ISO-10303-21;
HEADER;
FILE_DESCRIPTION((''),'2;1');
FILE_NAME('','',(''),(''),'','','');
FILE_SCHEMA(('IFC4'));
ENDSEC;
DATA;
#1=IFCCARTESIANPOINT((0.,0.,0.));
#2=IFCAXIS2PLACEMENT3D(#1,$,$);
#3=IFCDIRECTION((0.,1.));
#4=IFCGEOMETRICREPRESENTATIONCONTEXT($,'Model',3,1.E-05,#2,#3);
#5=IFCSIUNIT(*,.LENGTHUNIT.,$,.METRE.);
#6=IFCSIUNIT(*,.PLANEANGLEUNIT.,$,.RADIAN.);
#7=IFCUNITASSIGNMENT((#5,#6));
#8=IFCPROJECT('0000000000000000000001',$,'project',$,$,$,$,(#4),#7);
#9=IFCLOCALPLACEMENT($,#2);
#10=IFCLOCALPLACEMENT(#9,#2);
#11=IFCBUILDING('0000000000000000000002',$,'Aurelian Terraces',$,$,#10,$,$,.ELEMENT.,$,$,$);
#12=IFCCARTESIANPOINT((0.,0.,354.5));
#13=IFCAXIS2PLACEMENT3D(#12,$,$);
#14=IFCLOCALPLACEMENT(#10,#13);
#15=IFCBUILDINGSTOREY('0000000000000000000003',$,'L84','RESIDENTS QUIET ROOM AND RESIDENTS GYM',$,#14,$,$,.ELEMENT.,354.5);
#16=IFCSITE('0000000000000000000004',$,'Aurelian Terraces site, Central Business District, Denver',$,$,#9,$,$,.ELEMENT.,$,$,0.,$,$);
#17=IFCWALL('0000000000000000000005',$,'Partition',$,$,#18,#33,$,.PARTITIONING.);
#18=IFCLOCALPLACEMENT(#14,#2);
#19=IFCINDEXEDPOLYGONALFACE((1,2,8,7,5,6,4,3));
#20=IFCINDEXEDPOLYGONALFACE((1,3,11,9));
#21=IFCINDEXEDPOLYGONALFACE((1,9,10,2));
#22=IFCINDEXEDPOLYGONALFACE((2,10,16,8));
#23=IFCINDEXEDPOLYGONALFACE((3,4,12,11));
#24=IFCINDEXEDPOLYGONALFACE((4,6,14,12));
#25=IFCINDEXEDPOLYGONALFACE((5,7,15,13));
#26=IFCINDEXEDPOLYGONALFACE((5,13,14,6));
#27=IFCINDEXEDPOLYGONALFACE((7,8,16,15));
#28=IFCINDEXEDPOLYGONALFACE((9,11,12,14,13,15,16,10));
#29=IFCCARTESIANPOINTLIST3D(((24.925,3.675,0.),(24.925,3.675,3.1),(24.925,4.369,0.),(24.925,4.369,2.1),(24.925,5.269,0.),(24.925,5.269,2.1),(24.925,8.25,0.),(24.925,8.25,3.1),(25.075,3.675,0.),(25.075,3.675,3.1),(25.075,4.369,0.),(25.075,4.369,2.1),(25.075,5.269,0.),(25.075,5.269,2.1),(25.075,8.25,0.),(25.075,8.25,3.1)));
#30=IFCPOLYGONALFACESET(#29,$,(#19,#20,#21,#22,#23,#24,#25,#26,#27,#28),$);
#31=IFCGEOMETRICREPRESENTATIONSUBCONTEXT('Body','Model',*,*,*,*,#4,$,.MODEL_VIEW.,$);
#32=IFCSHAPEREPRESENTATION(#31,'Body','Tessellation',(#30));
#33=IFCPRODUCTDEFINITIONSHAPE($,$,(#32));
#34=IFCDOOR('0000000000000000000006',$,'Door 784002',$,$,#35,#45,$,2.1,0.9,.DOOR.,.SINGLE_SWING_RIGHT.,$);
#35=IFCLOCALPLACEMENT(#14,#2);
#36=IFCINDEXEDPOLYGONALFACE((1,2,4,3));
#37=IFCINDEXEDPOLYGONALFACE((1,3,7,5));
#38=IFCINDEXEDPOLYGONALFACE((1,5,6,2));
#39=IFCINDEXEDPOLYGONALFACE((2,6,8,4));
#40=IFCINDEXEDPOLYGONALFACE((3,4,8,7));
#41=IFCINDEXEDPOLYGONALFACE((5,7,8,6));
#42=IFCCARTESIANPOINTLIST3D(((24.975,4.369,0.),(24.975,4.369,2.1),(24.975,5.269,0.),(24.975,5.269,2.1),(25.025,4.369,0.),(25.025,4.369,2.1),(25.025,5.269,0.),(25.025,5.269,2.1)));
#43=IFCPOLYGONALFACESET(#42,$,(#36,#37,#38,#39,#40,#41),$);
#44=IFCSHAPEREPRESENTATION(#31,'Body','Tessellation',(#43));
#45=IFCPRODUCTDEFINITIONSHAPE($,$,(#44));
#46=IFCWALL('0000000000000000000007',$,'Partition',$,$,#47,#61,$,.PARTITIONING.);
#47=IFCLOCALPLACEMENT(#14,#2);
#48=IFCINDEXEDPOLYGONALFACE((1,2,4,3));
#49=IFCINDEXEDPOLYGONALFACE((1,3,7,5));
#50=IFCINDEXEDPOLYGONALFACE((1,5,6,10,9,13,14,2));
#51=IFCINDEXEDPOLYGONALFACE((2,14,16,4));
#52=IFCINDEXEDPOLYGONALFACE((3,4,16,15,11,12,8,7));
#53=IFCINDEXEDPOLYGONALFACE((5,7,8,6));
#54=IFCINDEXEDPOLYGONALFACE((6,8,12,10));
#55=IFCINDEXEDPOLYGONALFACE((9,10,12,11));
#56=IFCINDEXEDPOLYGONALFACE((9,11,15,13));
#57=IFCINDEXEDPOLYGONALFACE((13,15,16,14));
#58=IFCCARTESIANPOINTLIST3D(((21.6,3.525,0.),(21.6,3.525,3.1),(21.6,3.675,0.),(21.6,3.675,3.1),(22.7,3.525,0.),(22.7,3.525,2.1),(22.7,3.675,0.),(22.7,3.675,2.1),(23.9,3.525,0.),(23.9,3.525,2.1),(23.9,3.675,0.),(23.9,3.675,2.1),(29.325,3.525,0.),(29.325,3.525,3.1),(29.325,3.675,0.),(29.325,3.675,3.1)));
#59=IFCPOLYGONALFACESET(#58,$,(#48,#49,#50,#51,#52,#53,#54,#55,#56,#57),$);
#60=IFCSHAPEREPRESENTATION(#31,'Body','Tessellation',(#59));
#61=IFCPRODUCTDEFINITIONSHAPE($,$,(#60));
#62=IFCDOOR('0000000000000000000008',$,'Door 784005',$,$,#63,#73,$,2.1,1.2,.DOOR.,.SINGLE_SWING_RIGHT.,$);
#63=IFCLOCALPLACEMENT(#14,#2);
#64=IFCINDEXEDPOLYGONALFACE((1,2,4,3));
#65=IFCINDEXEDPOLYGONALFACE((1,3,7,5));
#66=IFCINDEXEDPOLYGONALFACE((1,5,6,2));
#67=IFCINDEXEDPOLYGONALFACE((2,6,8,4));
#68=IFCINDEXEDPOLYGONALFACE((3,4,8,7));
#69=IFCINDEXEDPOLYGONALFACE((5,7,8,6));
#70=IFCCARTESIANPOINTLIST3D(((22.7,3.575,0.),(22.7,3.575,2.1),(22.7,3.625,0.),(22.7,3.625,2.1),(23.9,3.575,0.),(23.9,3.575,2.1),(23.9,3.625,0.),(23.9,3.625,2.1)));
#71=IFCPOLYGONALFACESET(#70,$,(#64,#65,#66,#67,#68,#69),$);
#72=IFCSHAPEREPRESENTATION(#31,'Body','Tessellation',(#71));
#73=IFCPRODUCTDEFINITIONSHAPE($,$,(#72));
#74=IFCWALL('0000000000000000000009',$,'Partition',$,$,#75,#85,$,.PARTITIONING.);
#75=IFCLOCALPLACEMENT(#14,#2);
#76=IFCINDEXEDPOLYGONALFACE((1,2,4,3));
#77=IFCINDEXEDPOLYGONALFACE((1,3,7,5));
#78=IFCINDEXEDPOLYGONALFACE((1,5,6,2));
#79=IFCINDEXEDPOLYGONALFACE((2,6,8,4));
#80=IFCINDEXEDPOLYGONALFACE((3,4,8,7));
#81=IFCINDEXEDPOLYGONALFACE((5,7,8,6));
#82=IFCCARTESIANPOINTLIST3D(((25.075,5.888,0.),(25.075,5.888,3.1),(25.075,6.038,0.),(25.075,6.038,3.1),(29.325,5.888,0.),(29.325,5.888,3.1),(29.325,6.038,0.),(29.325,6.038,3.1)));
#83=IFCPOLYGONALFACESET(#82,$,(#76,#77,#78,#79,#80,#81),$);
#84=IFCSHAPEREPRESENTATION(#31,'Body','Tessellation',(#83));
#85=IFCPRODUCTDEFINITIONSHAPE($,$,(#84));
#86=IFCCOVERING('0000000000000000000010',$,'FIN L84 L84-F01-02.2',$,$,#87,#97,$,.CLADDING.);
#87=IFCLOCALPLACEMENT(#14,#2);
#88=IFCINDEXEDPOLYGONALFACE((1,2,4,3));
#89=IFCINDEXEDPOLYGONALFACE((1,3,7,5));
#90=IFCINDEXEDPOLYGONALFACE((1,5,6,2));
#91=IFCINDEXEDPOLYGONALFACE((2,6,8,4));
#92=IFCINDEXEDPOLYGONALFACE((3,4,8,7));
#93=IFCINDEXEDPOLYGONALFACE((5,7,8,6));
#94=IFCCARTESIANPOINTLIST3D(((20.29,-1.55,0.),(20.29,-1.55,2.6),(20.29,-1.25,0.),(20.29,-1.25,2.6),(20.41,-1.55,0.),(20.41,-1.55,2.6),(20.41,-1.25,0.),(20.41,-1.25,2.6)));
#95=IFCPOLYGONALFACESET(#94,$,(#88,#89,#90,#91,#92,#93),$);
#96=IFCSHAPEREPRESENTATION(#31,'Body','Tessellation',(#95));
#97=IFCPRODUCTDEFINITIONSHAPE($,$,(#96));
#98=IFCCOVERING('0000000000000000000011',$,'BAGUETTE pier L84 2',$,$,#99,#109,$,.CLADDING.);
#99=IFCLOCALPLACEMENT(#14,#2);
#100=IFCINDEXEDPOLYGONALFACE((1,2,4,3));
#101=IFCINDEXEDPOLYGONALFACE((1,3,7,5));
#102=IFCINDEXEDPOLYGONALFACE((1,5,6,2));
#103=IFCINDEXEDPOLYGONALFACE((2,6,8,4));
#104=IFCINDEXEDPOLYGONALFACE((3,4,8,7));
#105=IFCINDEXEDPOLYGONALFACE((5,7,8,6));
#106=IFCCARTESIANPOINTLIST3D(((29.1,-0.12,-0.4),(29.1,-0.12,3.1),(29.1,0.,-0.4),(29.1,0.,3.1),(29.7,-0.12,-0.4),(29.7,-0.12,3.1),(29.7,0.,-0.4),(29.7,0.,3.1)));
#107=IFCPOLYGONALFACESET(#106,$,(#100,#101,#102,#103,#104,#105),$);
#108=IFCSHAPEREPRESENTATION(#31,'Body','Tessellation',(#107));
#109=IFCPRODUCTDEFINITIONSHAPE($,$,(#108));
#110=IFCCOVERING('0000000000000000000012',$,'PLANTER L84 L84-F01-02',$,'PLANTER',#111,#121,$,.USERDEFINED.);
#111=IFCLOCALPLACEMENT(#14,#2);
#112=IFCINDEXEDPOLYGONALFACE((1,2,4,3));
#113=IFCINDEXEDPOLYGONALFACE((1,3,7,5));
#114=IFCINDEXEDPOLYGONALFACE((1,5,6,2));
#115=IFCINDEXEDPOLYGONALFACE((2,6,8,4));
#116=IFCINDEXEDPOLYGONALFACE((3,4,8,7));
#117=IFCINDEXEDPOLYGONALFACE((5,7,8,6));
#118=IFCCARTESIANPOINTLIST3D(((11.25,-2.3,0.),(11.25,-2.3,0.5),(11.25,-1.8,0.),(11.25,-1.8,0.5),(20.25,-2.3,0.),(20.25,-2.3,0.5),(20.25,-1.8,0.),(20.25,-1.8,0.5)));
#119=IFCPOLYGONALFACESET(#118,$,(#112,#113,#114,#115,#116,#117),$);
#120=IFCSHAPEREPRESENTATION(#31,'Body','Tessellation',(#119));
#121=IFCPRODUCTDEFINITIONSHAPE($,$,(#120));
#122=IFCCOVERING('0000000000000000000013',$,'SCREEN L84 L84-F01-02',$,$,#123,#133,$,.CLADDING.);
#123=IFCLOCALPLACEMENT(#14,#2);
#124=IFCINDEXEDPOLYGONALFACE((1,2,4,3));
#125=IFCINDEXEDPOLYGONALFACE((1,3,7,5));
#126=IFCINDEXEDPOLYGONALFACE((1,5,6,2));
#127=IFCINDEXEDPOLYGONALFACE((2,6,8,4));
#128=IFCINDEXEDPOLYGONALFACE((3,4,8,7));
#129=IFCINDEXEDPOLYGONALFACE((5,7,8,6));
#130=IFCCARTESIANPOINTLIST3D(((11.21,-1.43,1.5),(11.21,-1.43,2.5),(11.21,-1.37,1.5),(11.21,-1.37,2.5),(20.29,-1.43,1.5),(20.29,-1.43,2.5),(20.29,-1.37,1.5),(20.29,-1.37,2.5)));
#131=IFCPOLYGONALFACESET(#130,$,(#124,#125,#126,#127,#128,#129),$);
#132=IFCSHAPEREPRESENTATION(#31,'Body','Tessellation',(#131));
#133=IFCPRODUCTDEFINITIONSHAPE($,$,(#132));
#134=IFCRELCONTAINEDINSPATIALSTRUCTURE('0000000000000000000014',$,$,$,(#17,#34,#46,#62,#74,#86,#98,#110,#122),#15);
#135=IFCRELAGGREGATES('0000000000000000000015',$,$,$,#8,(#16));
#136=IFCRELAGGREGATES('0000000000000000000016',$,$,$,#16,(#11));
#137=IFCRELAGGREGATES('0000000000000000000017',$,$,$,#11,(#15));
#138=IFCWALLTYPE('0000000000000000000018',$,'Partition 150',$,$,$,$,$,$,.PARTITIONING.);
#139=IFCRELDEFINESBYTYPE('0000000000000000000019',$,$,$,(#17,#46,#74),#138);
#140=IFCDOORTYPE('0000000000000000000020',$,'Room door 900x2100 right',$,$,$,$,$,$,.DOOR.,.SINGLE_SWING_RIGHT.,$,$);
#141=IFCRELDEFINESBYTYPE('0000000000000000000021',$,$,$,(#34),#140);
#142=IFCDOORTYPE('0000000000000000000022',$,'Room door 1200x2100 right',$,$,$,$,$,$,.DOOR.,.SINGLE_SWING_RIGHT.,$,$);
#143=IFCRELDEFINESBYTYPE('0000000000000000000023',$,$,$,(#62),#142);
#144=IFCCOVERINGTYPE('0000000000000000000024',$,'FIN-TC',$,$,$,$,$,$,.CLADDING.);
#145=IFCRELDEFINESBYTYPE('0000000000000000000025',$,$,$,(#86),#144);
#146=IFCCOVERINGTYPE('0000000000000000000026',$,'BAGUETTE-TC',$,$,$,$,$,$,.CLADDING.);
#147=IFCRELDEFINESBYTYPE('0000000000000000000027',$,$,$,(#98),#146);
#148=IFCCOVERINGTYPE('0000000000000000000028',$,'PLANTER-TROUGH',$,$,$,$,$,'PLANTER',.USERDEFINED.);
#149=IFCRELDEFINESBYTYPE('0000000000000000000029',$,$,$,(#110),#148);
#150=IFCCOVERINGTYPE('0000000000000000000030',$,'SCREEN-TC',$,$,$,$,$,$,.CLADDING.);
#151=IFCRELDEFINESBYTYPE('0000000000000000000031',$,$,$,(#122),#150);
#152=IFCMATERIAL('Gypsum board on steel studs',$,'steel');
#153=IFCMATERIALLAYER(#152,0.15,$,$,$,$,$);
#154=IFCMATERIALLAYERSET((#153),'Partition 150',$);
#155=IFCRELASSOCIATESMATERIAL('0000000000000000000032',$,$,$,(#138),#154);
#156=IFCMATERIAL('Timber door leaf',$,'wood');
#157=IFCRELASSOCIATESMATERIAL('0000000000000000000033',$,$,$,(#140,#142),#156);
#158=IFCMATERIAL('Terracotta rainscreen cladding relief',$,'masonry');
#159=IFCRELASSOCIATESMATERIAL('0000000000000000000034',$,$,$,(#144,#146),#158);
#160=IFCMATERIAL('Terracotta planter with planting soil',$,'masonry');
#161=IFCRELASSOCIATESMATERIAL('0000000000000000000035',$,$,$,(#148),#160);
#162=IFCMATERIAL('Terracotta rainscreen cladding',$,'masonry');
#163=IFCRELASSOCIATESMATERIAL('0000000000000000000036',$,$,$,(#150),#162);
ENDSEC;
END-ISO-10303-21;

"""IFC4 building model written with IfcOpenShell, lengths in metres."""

from ifc_helpers import new_model, si_unit, direction, frame, frame_2d, origin, origin_2d, place, context, subcontext, project, spatial, rectangle, extrude, source, transform, mapped, material, layer, layer_set, type_object, element, fill, save


model = new_model("IFC4")

# Units and contexts
model_context = context("Model", 3, precision=1e-05, world=origin(), true_north=direction((0.0, 1.0)))
body_context = subcontext(model_context, "Body", "Model", "MODEL_VIEW")
ifc_project = project(units=[si_unit("LENGTHUNIT", "METRE"), si_unit("PLANEANGLEUNIT", "RADIAN")], contexts=[model_context])

# Site, building, storey
site_placement = place(None, origin())
site = spatial("IfcSite", under=ifc_project, at=site_placement, Name="Aurelian Terraces site, Central Business District, Denver", CompositionType="ELEMENT", RefElevation=0.0)
building_placement = place(site_placement, origin())
building = spatial("IfcBuilding", under=site, at=building_placement, Name="Aurelian Terraces", CompositionType="ELEMENT")
storey_placement = place(building_placement, frame((0.0, 0.0, 354.5)))
storey = spatial("IfcBuildingStorey", under=building, at=storey_placement, Name="L84", Description="RESIDENTS QUIET ROOM AND RESIDENTS GYM", CompositionType="ELEMENT", Elevation=354.5)

# Shared definitions
ifc_material_1 = material(Name="Gypsum board on steel studs", Category="steel")

# Shared definitions
ifc_material_2 = material(Name="Terracotta rainscreen cladding", Category="masonry")

# Walls, openings, doors
ifc_layer_1 = layer(ifc_material_1, 0.15)
ifc_layer_set_1 = layer_set([ifc_layer_1], Name="Partition 150")
wall_type_1 = type_object("IfcWallType", Name="Partition 150", PredefinedType="PARTITIONING", material=ifc_layer_set_1)
shared_shape_1 = source(origin(), body_context, "Body", "SweptSolid", [
    extrude(rectangle(XDim=4.575, YDim=0.15, at=frame_2d((2.2875, 0.0))), origin(), (0.0, 0.0, 1.0), 3.1),
])
wall_1_placement = place(storey_placement, frame((25.0, 8.25, 0.0), z_axis=(0.0, 0.0, 1.0), x_axis=(0.0, -1.0, 0.0)))
wall_1 = element("IfcWall", 1, at=wall_1_placement, inside=storey, type_object=wall_type_1, Name="Partition", PredefinedType="PARTITIONING", context=body_context, shape_type="MappedRepresentation", body=[
    mapped(shared_shape_1, transform((0.0, 0.0, 0.0), scale=1.0)),
])
shared_shape_2 = source(origin(), body_context, "Body", "SweptSolid", [
    extrude(rectangle(XDim=0.9, YDim=2.1, at=frame_2d((0.45, 1.05))), frame((0.0, 0.085, 0.0), z_axis=(0.0, -1.0, 0.0), x_axis=(1.0, 0.0, 0.0)), (0.0, 0.0, 1.0), 0.17),
])
opening_1_placement = place(wall_1_placement, frame((2.981, 0.0, 0.0)))
opening_1 = element("IfcOpeningElement", 2, at=opening_1_placement, cuts=wall_1, PredefinedType="OPENING", context=body_context, shape_type="MappedRepresentation", body=[
    mapped(shared_shape_2, transform((0.0, 0.0, 0.0), scale=1.0)),
])
ifc_material_3 = material(Name="Timber door leaf", Category="wood")
door_type_1 = type_object("IfcDoorType", Name="Room door 900x2100 right", OperationType="SINGLE_SWING_RIGHT", PredefinedType="DOOR", material=ifc_material_3)
shared_shape_3 = source(origin(), body_context, "Body", "SweptSolid", [
    extrude(rectangle(XDim=0.9, YDim=2.1, at=frame_2d((0.45, 1.05))), frame((0.0, 0.025, 0.0), z_axis=(0.0, -1.0, 0.0), x_axis=(1.0, 0.0, 0.0)), (0.0, 0.0, 1.0), 0.05),
])
door_1_placement = place(opening_1_placement, origin())
door_1 = element("IfcDoor", 3, at=door_1_placement, inside=storey, type_object=door_type_1, Name="Door 784002", OperationType="SINGLE_SWING_RIGHT", OverallHeight=2.1, OverallWidth=0.9, PredefinedType="DOOR", context=body_context, shape_type="MappedRepresentation", body=[
    mapped(shared_shape_3, transform((0.0, 0.0, 0.0), scale=1.0)),
])
fill(opening_1, door_1)
shared_shape_4 = source(origin(), body_context, "Body", "SweptSolid", [
    extrude(rectangle(XDim=7.725, YDim=0.15, at=frame_2d((3.8625, 0.0))), origin(), (0.0, 0.0, 1.0), 3.1),
])
wall_2_placement = place(storey_placement, frame((21.6, 3.6, 0.0), z_axis=(0.0, 0.0, 1.0), x_axis=(1.0, 0.0, 0.0)))
wall_2 = element("IfcWall", 4, at=wall_2_placement, inside=storey, type_object=wall_type_1, Name="Partition", PredefinedType="PARTITIONING", context=body_context, shape_type="MappedRepresentation", body=[
    mapped(shared_shape_4, transform((0.0, 0.0, 0.0), scale=1.0)),
])
shared_shape_5 = source(origin(), body_context, "Body", "SweptSolid", [
    extrude(rectangle(XDim=1.2, YDim=2.1, at=frame_2d((0.6, 1.05))), frame((0.0, 0.085, 0.0), z_axis=(0.0, -1.0, 0.0), x_axis=(1.0, 0.0, 0.0)), (0.0, 0.0, 1.0), 0.17),
])
opening_2_placement = place(wall_2_placement, frame((1.1, 0.0, 0.0)))
opening_2 = element("IfcOpeningElement", 5, at=opening_2_placement, cuts=wall_2, PredefinedType="OPENING", context=body_context, shape_type="MappedRepresentation", body=[
    mapped(shared_shape_5, transform((0.0, 0.0, 0.0), scale=1.0)),
])
door_type_2 = type_object("IfcDoorType", Name="Room door 1200x2100 right", OperationType="SINGLE_SWING_RIGHT", PredefinedType="DOOR", material=ifc_material_3)
shared_shape_6 = source(origin(), body_context, "Body", "SweptSolid", [
    extrude(rectangle(XDim=1.2, YDim=2.1, at=frame_2d((0.6, 1.05))), frame((0.0, 0.025, 0.0), z_axis=(0.0, -1.0, 0.0), x_axis=(1.0, 0.0, 0.0)), (0.0, 0.0, 1.0), 0.05),
])
door_2_placement = place(opening_2_placement, origin())
door_2 = element("IfcDoor", 6, at=door_2_placement, inside=storey, type_object=door_type_2, Name="Door 784005", OperationType="SINGLE_SWING_RIGHT", OverallHeight=2.1, OverallWidth=1.2, PredefinedType="DOOR", context=body_context, shape_type="MappedRepresentation", body=[
    mapped(shared_shape_6, transform((0.0, 0.0, 0.0), scale=1.0)),
])
fill(opening_2, door_2)

# Wall
shared_shape_7 = source(origin(), body_context, "Body", "SweptSolid", [
    extrude(rectangle(XDim=4.25, YDim=0.15, at=frame_2d((2.125, 0.0))), origin(), (0.0, 0.0, 1.0), 3.1),
])
wall_3_placement = place(storey_placement, frame((29.325, 5.963, 0.0), z_axis=(0.0, 0.0, 1.0), x_axis=(-1.0, 0.0, 0.0)))
element("IfcWall", 7, at=wall_3_placement, inside=storey, type_object=wall_type_1, Name="Partition", PredefinedType="PARTITIONING", context=body_context, shape_type="MappedRepresentation", body=[
    mapped(shared_shape_7, transform((0.0, 0.0, 0.0), scale=1.0)),
])

# Coverings
ifc_material_4 = material(Name="Terracotta rainscreen cladding relief", Category="masonry")
covering_type_1 = type_object("IfcCoveringType", Name="FIN-TC", PredefinedType="CLADDING", material=ifc_material_4)
shared_shape_8 = source(origin(), body_context, "Body", "SweptSolid", [
    extrude(rectangle(XDim=0.12, YDim=0.3, at=origin_2d()), origin(), (0.0, 0.0, 1.0), 2.6),
])
covering_1_placement = place(storey_placement, frame((20.35, -1.4, 0.0), z_axis=(0.0, 0.0, 1.0), x_axis=(1.0, 0.0, 0.0)))
element("IfcCovering", 8, at=covering_1_placement, inside=storey, type_object=covering_type_1, Name="FIN L84 L84-F01-02.2", PredefinedType="CLADDING", context=body_context, shape_type="MappedRepresentation", body=[
    mapped(shared_shape_8, transform((0.0, 0.0, 0.0), scale=1.0)),
])
covering_type_2 = type_object("IfcCoveringType", Name="BAGUETTE-TC", PredefinedType="CLADDING", material=ifc_material_4)
shared_shape_9 = source(origin(), body_context, "Body", "SweptSolid", [
    extrude(rectangle(XDim=0.6, YDim=0.12, at=origin_2d()), origin(), (0.0, 0.0, 1.0), 3.5),
])
covering_2_placement = place(storey_placement, frame((29.4, -0.06, -0.4), z_axis=(0.0, 0.0, 1.0), x_axis=(1.0, 0.0, 0.0)))
element("IfcCovering", 9, at=covering_2_placement, inside=storey, type_object=covering_type_2, Name="BAGUETTE pier L84 2", PredefinedType="CLADDING", context=body_context, shape_type="MappedRepresentation", body=[
    mapped(shared_shape_9, transform((0.0, 0.0, 0.0), scale=1.0)),
])
ifc_material_5 = material(Name="Terracotta planter with planting soil", Category="masonry")
covering_type_3 = type_object("IfcCoveringType", Name="PLANTER-TROUGH", ElementType="PLANTER", PredefinedType="USERDEFINED", material=ifc_material_5)
shared_shape_10 = source(origin(), body_context, "Body", "SweptSolid", [
    extrude(rectangle(XDim=9.0, YDim=0.5, at=origin_2d()), origin(), (0.0, 0.0, 1.0), 0.5),
])
covering_3_placement = place(storey_placement, frame((15.75, -2.05, 0.0), z_axis=(0.0, 0.0, 1.0), x_axis=(1.0, 0.0, 0.0)))
element("IfcCovering", 10, at=covering_3_placement, inside=storey, type_object=covering_type_3, Name="PLANTER L84 L84-F01-02", ObjectType="PLANTER", PredefinedType="USERDEFINED", context=body_context, shape_type="MappedRepresentation", body=[
    mapped(shared_shape_10, transform((0.0, 0.0, 0.0), scale=1.0)),
])
covering_type_4 = type_object("IfcCoveringType", Name="SCREEN-TC", PredefinedType="CLADDING", material=ifc_material_2)
shared_shape_11 = source(origin(), body_context, "Body", "SweptSolid", [
    extrude(rectangle(XDim=9.08, YDim=0.06, at=origin_2d()), origin(), (0.0, 0.0, 1.0), 1.0),
])
covering_4_placement = place(storey_placement, frame((15.75, -1.4, 1.5), z_axis=(0.0, 0.0, 1.0), x_axis=(1.0, 0.0, 0.0)))
element("IfcCovering", 11, at=covering_4_placement, inside=storey, type_object=covering_type_4, Name="SCREEN L84 L84-F01-02", PredefinedType="CLADDING", context=body_context, shape_type="MappedRepresentation", body=[
    mapped(shared_shape_11, transform((0.0, 0.0, 0.0), scale=1.0)),
])

save(model, "model.ifc")
